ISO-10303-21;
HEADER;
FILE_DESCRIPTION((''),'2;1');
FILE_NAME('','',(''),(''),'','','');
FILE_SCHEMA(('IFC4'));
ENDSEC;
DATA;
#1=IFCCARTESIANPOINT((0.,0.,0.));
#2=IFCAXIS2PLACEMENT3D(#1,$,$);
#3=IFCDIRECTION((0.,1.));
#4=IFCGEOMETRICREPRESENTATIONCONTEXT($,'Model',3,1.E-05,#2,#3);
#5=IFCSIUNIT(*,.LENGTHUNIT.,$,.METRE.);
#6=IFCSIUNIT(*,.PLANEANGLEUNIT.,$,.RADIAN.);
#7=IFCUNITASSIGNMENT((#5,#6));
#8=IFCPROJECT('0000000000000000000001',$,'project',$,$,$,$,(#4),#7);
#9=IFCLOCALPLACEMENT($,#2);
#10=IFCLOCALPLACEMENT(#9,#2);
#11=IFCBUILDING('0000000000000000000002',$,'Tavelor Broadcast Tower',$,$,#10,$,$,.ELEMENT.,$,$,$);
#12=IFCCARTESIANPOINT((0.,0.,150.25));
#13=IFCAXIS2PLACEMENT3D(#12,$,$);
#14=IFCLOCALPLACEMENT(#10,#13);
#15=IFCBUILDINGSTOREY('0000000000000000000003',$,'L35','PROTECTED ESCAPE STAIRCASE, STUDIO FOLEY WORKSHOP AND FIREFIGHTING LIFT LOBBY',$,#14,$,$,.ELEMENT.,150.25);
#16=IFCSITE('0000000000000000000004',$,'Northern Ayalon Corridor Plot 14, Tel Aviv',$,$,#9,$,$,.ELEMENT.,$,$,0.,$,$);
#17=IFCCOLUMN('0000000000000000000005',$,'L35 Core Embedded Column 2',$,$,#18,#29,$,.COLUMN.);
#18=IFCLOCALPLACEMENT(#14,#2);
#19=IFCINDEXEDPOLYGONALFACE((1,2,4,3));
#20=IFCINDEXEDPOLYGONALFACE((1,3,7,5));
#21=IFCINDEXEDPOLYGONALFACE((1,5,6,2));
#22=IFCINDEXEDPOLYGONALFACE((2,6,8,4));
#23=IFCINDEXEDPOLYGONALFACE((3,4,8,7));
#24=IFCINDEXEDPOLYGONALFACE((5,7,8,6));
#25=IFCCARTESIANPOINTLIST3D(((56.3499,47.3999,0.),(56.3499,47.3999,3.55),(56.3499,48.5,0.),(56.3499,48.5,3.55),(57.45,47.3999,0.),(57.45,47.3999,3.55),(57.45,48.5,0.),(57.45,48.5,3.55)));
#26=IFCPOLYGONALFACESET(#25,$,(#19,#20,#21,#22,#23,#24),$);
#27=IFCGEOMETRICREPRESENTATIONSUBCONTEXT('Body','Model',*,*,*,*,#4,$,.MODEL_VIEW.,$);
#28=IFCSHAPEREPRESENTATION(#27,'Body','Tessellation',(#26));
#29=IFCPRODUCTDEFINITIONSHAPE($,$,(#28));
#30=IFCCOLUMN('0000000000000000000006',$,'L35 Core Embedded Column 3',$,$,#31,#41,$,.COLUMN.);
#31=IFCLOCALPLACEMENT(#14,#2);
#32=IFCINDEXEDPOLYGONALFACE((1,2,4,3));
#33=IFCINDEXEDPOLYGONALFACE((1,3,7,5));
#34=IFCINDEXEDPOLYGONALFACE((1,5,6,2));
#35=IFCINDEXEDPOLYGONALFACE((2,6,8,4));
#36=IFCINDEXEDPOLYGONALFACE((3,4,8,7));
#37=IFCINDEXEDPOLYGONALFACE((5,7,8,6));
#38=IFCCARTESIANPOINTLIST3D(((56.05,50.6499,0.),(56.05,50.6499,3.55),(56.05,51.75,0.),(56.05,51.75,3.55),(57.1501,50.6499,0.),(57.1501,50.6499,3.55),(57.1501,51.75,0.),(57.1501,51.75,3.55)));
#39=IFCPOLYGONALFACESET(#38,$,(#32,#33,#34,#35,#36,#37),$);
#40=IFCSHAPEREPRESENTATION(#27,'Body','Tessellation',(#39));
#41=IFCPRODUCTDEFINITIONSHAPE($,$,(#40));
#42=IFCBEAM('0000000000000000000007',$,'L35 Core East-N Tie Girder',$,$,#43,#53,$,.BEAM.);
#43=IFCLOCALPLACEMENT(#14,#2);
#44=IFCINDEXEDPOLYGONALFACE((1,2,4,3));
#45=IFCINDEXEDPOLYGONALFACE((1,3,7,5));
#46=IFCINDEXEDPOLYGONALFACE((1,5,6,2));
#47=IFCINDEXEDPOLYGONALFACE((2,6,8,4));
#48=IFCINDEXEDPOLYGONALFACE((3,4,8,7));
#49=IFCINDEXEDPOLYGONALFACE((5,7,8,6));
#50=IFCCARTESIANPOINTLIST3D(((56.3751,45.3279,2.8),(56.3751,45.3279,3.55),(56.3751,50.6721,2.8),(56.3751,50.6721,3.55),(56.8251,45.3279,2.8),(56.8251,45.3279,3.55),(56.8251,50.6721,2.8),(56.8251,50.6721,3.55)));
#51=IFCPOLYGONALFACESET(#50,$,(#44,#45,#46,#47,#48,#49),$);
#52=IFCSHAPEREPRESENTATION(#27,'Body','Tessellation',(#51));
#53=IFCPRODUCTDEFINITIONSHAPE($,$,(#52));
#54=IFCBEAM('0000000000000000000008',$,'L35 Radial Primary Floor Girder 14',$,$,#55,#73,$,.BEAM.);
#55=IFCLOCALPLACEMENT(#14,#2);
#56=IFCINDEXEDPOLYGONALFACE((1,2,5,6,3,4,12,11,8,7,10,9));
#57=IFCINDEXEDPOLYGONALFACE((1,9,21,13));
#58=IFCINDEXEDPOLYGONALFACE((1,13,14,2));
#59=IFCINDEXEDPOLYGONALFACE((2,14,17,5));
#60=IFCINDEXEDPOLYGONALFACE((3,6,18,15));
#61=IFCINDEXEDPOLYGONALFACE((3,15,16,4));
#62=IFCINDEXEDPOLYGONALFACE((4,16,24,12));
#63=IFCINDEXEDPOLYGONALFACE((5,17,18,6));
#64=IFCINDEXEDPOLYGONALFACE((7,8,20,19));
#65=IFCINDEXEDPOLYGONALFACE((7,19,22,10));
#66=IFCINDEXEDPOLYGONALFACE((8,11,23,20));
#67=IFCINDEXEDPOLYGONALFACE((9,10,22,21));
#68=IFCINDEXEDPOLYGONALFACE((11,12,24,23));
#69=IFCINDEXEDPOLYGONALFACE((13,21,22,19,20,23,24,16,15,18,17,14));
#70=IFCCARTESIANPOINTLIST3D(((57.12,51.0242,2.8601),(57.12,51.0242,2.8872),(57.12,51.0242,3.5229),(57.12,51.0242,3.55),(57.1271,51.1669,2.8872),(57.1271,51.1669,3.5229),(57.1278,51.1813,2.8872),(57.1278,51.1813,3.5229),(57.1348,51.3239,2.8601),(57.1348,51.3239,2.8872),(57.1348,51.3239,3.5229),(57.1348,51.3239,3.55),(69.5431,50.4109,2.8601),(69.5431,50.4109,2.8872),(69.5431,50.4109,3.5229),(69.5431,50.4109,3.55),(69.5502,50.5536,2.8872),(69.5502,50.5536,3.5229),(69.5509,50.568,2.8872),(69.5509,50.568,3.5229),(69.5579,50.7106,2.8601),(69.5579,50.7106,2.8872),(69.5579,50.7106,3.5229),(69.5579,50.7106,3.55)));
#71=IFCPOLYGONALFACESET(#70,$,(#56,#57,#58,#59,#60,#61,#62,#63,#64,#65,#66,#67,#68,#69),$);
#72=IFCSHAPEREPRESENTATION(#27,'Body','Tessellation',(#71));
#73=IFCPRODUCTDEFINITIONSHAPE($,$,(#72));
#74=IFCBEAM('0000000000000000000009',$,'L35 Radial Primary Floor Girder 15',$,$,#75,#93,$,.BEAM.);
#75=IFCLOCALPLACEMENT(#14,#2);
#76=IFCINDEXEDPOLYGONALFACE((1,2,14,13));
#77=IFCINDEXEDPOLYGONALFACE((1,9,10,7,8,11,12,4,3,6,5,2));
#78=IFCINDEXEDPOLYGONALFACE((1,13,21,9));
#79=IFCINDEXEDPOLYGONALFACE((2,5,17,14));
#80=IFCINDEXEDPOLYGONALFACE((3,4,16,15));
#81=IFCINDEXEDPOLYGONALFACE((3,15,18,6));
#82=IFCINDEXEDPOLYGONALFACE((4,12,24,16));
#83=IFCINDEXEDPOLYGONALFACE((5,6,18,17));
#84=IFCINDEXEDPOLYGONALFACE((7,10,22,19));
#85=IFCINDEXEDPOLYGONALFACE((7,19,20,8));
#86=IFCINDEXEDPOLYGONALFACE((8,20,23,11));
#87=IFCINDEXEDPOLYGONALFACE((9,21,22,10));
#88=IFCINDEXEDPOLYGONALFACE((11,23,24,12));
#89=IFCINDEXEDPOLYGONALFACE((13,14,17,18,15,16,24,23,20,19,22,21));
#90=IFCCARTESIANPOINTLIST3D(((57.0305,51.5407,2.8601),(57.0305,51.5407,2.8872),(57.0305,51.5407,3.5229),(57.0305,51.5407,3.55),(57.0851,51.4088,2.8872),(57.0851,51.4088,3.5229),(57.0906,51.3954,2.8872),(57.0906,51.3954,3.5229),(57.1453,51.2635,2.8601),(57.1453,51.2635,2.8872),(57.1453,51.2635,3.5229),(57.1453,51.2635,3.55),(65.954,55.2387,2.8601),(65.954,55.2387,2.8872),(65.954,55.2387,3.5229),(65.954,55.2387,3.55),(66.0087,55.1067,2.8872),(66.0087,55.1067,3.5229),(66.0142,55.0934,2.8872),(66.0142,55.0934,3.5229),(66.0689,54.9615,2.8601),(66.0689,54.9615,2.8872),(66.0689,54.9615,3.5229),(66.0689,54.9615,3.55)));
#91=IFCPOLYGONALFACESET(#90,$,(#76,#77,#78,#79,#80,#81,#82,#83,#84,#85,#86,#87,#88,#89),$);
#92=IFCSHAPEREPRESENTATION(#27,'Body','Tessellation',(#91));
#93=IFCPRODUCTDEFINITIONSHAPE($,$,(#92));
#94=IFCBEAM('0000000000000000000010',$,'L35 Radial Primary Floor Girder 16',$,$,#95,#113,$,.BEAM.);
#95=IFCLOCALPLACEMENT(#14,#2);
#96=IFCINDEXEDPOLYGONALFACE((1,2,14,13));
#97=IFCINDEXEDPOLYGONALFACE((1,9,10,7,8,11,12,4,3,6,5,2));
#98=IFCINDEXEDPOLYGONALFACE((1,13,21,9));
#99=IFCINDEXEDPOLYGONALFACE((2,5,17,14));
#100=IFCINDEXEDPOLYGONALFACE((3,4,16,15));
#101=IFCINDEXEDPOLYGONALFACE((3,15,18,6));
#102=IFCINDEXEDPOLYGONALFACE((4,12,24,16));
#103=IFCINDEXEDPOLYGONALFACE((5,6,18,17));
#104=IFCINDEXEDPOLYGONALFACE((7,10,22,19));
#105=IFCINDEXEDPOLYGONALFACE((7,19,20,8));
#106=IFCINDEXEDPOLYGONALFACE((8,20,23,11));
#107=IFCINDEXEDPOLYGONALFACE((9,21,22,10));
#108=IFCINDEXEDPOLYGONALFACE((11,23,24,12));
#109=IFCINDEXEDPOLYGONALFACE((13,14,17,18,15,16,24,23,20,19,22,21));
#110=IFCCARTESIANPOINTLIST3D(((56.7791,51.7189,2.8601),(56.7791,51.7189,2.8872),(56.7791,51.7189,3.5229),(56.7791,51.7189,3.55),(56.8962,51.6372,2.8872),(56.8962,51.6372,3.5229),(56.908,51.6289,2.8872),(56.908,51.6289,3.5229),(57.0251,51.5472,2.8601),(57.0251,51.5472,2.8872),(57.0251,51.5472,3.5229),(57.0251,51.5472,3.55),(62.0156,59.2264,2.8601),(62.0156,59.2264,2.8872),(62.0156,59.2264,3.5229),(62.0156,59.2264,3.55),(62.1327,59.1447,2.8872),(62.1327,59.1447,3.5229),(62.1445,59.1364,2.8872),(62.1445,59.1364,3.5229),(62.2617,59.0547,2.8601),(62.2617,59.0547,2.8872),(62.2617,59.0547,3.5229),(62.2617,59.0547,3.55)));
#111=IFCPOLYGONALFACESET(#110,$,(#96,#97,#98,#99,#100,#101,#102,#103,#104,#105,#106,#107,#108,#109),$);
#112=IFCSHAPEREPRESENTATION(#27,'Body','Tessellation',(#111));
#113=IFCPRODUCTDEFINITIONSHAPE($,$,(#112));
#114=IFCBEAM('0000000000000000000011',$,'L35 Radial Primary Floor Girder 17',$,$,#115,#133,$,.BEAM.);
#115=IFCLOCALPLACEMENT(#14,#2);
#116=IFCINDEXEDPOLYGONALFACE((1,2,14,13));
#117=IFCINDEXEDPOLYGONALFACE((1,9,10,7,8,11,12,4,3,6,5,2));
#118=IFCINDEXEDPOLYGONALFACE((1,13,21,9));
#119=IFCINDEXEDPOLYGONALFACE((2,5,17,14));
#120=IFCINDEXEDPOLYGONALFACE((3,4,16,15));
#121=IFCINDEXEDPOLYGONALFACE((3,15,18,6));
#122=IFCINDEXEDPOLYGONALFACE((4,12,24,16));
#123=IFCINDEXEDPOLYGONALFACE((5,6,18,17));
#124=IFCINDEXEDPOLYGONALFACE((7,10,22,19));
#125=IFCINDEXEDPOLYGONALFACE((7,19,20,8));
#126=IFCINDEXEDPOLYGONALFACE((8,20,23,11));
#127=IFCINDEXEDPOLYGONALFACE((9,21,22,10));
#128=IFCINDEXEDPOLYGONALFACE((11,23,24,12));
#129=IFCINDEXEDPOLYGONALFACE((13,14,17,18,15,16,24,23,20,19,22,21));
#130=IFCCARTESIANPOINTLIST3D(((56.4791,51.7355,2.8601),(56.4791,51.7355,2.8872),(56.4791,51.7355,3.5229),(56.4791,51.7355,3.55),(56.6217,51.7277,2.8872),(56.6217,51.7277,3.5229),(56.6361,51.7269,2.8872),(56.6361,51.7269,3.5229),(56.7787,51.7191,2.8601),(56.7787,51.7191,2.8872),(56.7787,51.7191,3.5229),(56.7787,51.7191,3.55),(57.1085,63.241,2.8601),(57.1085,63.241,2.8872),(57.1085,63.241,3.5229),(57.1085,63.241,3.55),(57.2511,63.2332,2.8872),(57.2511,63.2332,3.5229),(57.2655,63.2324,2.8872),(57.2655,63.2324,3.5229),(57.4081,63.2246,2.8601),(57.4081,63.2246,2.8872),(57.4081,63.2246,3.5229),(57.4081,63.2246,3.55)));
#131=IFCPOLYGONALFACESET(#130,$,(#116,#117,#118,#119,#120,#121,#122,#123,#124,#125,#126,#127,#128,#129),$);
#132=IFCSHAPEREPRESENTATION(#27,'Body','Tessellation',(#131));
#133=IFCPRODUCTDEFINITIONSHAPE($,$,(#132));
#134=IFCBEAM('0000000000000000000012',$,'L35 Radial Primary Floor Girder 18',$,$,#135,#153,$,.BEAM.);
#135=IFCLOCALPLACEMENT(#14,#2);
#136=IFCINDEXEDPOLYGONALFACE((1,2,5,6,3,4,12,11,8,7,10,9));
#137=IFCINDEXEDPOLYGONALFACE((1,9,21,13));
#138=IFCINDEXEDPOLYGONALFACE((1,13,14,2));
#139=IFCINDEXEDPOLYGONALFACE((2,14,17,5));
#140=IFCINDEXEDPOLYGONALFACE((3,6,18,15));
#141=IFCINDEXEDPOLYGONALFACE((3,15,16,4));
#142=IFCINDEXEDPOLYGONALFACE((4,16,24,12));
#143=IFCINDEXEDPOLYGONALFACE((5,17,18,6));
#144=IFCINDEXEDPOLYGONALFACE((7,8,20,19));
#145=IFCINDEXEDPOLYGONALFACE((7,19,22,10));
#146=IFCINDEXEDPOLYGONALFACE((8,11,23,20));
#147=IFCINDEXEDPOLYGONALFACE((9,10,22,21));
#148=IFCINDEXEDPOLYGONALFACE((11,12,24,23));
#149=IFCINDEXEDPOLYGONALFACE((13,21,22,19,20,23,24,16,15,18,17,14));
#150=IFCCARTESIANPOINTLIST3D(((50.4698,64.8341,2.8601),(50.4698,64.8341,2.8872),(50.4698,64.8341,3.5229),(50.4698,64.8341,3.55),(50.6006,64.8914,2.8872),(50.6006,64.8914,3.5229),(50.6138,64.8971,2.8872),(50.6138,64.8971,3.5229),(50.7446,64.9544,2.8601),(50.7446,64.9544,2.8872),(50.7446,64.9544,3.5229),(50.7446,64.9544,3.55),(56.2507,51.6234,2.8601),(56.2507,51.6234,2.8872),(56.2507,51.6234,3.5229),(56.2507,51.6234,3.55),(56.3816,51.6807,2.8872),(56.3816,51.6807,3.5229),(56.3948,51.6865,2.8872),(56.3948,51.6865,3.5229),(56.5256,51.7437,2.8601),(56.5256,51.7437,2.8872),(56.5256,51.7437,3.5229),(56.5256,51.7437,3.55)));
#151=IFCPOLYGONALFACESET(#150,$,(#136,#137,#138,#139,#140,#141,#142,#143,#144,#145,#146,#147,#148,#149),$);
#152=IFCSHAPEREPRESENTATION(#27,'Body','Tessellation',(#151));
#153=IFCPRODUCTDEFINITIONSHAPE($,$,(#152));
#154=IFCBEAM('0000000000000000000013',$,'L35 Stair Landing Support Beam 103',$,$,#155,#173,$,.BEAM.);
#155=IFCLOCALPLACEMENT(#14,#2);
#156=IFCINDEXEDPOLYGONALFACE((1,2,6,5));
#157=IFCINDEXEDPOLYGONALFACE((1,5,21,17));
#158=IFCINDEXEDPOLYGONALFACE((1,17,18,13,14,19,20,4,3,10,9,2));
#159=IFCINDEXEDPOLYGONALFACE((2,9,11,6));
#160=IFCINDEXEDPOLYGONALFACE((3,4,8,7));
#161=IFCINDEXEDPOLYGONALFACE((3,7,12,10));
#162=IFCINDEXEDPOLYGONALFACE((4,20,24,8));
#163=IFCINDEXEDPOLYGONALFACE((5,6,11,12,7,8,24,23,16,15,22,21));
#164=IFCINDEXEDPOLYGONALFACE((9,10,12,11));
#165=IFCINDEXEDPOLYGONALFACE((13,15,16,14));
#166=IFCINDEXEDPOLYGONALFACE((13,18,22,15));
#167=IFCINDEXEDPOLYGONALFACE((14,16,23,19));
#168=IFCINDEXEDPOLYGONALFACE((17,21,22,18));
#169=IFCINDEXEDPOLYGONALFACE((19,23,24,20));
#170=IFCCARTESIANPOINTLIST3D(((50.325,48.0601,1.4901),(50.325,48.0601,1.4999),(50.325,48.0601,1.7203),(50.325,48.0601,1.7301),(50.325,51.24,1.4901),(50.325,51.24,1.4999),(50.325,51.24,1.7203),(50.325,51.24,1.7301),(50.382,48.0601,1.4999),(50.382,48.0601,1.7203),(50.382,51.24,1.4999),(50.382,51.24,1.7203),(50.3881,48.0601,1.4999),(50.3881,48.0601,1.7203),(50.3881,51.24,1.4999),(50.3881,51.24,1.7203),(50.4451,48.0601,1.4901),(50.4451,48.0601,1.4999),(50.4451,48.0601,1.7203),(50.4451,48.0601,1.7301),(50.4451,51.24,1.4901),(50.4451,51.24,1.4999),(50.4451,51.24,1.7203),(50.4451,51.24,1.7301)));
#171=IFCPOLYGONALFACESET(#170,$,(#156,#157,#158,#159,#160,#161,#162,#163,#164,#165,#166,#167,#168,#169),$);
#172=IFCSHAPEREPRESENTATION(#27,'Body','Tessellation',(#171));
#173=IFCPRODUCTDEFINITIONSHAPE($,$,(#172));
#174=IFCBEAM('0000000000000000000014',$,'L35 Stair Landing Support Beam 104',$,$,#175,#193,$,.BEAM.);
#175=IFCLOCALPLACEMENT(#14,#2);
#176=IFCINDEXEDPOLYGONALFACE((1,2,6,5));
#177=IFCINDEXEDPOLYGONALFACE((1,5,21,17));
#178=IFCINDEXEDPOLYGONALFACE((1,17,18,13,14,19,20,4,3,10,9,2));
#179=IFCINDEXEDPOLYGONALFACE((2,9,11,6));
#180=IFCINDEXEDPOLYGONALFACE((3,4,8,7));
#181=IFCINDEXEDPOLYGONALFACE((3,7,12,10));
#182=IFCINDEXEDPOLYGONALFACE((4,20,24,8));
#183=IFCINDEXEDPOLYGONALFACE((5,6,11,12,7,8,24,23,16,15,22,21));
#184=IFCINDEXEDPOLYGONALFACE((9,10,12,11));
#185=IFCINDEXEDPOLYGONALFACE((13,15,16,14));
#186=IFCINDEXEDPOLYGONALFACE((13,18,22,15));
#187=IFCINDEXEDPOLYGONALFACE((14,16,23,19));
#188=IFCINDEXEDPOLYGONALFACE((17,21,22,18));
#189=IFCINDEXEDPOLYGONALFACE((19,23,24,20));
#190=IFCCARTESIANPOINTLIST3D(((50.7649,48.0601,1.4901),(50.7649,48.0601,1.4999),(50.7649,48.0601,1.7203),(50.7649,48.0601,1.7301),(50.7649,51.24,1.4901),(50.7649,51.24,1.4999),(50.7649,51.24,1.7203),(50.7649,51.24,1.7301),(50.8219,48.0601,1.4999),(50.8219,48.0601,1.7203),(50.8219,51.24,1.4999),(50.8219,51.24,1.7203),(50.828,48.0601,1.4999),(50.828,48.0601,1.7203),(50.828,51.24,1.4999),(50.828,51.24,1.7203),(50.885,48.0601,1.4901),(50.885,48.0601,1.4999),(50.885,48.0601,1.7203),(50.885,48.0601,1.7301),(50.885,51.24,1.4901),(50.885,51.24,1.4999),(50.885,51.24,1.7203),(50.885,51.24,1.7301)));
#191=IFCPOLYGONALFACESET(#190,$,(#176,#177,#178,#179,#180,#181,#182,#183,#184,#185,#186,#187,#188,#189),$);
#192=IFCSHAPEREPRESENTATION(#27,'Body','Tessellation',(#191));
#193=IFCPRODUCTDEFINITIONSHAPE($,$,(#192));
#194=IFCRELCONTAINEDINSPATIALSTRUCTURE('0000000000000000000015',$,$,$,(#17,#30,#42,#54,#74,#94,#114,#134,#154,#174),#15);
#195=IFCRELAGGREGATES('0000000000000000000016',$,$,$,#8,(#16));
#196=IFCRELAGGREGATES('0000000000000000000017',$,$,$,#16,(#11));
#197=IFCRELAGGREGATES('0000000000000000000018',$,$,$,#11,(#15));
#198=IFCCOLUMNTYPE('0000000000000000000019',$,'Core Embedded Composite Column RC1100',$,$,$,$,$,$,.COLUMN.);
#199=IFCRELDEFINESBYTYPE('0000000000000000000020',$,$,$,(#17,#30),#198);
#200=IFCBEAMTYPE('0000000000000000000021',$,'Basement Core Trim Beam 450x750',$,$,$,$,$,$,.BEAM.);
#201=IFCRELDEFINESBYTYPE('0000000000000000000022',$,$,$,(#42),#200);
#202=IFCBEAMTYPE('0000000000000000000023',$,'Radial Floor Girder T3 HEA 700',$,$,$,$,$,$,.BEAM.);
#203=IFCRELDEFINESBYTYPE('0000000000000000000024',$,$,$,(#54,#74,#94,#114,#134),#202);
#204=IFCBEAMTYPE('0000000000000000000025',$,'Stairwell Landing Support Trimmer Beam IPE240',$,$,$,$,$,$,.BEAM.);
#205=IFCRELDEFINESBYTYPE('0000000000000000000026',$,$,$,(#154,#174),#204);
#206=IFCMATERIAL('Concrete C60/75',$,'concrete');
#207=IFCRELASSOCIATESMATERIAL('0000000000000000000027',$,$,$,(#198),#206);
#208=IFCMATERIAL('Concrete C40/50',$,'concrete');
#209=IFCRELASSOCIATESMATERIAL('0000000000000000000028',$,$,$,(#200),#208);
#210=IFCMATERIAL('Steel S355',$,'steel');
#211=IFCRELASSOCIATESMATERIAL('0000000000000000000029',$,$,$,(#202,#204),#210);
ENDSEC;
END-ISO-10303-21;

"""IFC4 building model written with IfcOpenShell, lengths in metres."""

from ifc_helpers import new_model, si_unit, direction, frame, origin, origin_2d, place, context, subcontext, project, spatial, rectangle, i_section, extrude, material, material_profile, profile_set, type_object, element, save


model = new_model("IFC4")

# Units and contexts
model_context = context("Model", 3, precision=1e-05, world=origin(), true_north=direction((0.0, 1.0)))
body_context = subcontext(model_context, "Body", "Model", "MODEL_VIEW")
ifc_project = project(units=[si_unit("LENGTHUNIT", "METRE"), si_unit("PLANEANGLEUNIT", "RADIAN")], contexts=[model_context])

# Site, building, storey
site_placement = place(None, origin())
site = spatial("IfcSite", under=ifc_project, at=site_placement, Name="Northern Ayalon Corridor Plot 14, Tel Aviv", CompositionType="ELEMENT", RefElevation=0.0)
building_placement = place(site_placement, origin())
building = spatial("IfcBuilding", under=site, at=building_placement, Name="Tavelor Broadcast Tower", CompositionType="ELEMENT")
storey_placement = place(building_placement, frame((0.0, 0.0, 150.25)))
storey = spatial("IfcBuildingStorey", under=building, at=storey_placement, Name="L35", Description="PROTECTED ESCAPE STAIRCASE, STUDIO FOLEY WORKSHOP AND FIREFIGHTING LIFT LOBBY", CompositionType="ELEMENT", Elevation=150.25)

# Columns
ifc_material_1 = material(Name="Concrete C60/75", Category="concrete")
ifc_material_profile_1 = material_profile(ifc_material_1, rectangle(XDim=1.1001, YDim=1.1001, at=origin_2d()), Name="RC 1100x1100")
ifc_profile_set_1 = profile_set([ifc_material_profile_1], Name="Concrete C60/75")
column_type = type_object("IfcColumnType", Name="Core Embedded Composite Column RC1100", PredefinedType="COLUMN", material=ifc_profile_set_1)
for number, where, z_axis, x_axis, name in (
    (1, (56.8999, 47.95, 0.0), (0.0, 0.0, 1.0), (1.0, 0.0, 0.0), "L35 Core Embedded Column 2"),
    (2, (56.6001, 51.2, 0.0), (0.0, 0.0, 1.0), (1.0, 0.0, 0.0), "L35 Core Embedded Column 3"),
):
    element("IfcColumn", number, at=place(storey_placement, frame(where, z_axis=z_axis, x_axis=x_axis)), inside=storey, type_object=column_type, Name=name, PredefinedType="COLUMN", context=body_context, shape_type="SweptSolid", body=[
        extrude(rectangle(XDim=1.1001, YDim=1.1001, at=origin_2d()), origin(), (0.0, 0.0, 1.0), 3.55),
    ])

# Beams
ifc_material_2 = material(Name="Concrete C40/50", Category="concrete")
ifc_material_profile_2 = material_profile(ifc_material_2, rectangle(XDim=0.45, YDim=0.75, at=origin_2d()), Name="RC 450x750")
ifc_profile_set_2 = profile_set([ifc_material_profile_2], Name="Concrete C40/50")
beam_type_1 = type_object("IfcBeamType", Name="Basement Core Trim Beam 450x750", PredefinedType="BEAM", material=ifc_profile_set_2)
beam_1_placement = place(storey_placement, frame((56.6001, 45.3279, 3.175), z_axis=(0.0, 1.0, 0.0), x_axis=(-1.0, 0.0, 0.0)))
element("IfcBeam", 3, at=beam_1_placement, inside=storey, type_object=beam_type_1, Name="L35 Core East-N Tie Girder", PredefinedType="BEAM", context=body_context, shape_type="SweptSolid", body=[
    extrude(rectangle(XDim=0.45, YDim=0.75, at=origin_2d()), origin(), (0.0, 0.0, 1.0), 5.3442),
])
ifc_material_3 = material(Name="Steel S355", Category="steel")
ifc_material_profile_3 = material_profile(ifc_material_3, i_section(OverallWidth=0.3, OverallDepth=0.6899, WebThickness=0.0144, FlangeThickness=0.0271, at=origin_2d()), Name="HEA 700")
ifc_profile_set_3 = profile_set([ifc_material_profile_3], Name="Steel S355")
beam_type_2 = type_object("IfcBeamType", Name="Radial Floor Girder T3 HEA 700", PredefinedType="BEAM", material=ifc_profile_set_3)
beam_2_placement = place(storey_placement, frame((57.1274, 51.1741, 3.2051), z_axis=(0.998784, -0.049306, 0.0), x_axis=(0.049306, 0.998784, 0.0)))
element("IfcBeam", 4, at=beam_2_placement, inside=storey, type_object=beam_type_2, Name="L35 Radial Primary Floor Girder 14", PredefinedType="BEAM", context=body_context, shape_type="SweptSolid", body=[
    extrude(i_section(OverallWidth=0.3, OverallDepth=0.6899, WebThickness=0.0144, FlangeThickness=0.0271, at=origin_2d()), origin(), (0.0, 0.0, 1.0), 12.4382),
])
beam_3_placement = place(storey_placement, frame((57.0879, 51.4021, 3.2051), z_axis=(0.923816, 0.382836, 0.0), x_axis=(-0.382836, 0.923816, 0.0)))
element("IfcBeam", 5, at=beam_3_placement, inside=storey, type_object=beam_type_2, Name="L35 Radial Primary Floor Girder 15", PredefinedType="BEAM", context=body_context, shape_type="SweptSolid", body=[
    extrude(i_section(OverallWidth=0.3, OverallDepth=0.6899, WebThickness=0.0144, FlangeThickness=0.0271, at=origin_2d()), origin(), (0.0, 0.0, 1.0), 9.6594),
])
beam_4_placement = place(storey_placement, frame((56.9021, 51.6331, 3.2051), z_axis=(0.572089, 0.820192, 0.0), x_axis=(-0.820192, 0.572089, 0.0)))
element("IfcBeam", 6, at=beam_4_placement, inside=storey, type_object=beam_type_2, Name="L35 Radial Primary Floor Girder 16", PredefinedType="BEAM", context=body_context, shape_type="SweptSolid", body=[
    extrude(i_section(OverallWidth=0.3, OverallDepth=0.6899, WebThickness=0.0144, FlangeThickness=0.0271, at=origin_2d()), origin(), (0.0, 0.0, 1.0), 9.1533),
])
beam_5_placement = place(storey_placement, frame((56.6289, 51.7273, 3.2051), z_axis=(0.054622, 0.998507, 0.0), x_axis=(-0.998507, 0.054622, 0.0)))
element("IfcBeam", 7, at=beam_5_placement, inside=storey, type_object=beam_type_2, Name="L35 Radial Primary Floor Girder 17", PredefinedType="BEAM", context=body_context, shape_type="SweptSolid", body=[
    extrude(i_section(OverallWidth=0.3, OverallDepth=0.6899, WebThickness=0.0144, FlangeThickness=0.0271, at=origin_2d()), origin(), (0.0, 0.0, 1.0), 11.5227),
])
beam_6_placement = place(storey_placement, frame((56.3882, 51.6836, 3.2051), z_axis=(-0.400896, 0.916124, 0.0), x_axis=(-0.916124, -0.400896, 0.0)))
element("IfcBeam", 8, at=beam_6_placement, inside=storey, type_object=beam_type_2, Name="L35 Radial Primary Floor Girder 18", PredefinedType="BEAM", context=body_context, shape_type="SweptSolid", body=[
    extrude(i_section(OverallWidth=0.3, OverallDepth=0.6899, WebThickness=0.0144, FlangeThickness=0.0271, at=origin_2d()), origin(), (0.0, 0.0, 1.0), 14.4202),
])
ifc_material_profile_4 = material_profile(ifc_material_3, i_section(OverallWidth=0.1201, OverallDepth=0.24, WebThickness=0.0061, FlangeThickness=0.0098, at=origin_2d()), Name="IPE 240")
ifc_profile_set_4 = profile_set([ifc_material_profile_4], Name="Steel S355")
beam_type_3 = type_object("IfcBeamType", Name="Stairwell Landing Support Trimmer Beam IPE240", PredefinedType="BEAM", material=ifc_profile_set_4)
for number, where, z_axis, x_axis, name in (
    (9, (50.385, 48.0601, 1.6101), (0.0, 1.0, 0.0), (-1.0, 0.0, 0.0), "L35 Stair Landing Support Beam 103"),
    (10, (50.825, 48.0601, 1.6101), (0.0, 1.0, 0.0), (-1.0, 0.0, 0.0), "L35 Stair Landing Support Beam 104"),
):
    element("IfcBeam", number, at=place(storey_placement, frame(where, z_axis=z_axis, x_axis=x_axis)), inside=storey, type_object=beam_type_3, Name=name, PredefinedType="BEAM", context=body_context, shape_type="SweptSolid", body=[
        extrude(i_section(OverallWidth=0.1201, OverallDepth=0.24, WebThickness=0.0061, FlangeThickness=0.0098, at=origin_2d()), origin(), (0.0, 0.0, 1.0), 3.1799),
    ])

save(model, "model.ifc")
